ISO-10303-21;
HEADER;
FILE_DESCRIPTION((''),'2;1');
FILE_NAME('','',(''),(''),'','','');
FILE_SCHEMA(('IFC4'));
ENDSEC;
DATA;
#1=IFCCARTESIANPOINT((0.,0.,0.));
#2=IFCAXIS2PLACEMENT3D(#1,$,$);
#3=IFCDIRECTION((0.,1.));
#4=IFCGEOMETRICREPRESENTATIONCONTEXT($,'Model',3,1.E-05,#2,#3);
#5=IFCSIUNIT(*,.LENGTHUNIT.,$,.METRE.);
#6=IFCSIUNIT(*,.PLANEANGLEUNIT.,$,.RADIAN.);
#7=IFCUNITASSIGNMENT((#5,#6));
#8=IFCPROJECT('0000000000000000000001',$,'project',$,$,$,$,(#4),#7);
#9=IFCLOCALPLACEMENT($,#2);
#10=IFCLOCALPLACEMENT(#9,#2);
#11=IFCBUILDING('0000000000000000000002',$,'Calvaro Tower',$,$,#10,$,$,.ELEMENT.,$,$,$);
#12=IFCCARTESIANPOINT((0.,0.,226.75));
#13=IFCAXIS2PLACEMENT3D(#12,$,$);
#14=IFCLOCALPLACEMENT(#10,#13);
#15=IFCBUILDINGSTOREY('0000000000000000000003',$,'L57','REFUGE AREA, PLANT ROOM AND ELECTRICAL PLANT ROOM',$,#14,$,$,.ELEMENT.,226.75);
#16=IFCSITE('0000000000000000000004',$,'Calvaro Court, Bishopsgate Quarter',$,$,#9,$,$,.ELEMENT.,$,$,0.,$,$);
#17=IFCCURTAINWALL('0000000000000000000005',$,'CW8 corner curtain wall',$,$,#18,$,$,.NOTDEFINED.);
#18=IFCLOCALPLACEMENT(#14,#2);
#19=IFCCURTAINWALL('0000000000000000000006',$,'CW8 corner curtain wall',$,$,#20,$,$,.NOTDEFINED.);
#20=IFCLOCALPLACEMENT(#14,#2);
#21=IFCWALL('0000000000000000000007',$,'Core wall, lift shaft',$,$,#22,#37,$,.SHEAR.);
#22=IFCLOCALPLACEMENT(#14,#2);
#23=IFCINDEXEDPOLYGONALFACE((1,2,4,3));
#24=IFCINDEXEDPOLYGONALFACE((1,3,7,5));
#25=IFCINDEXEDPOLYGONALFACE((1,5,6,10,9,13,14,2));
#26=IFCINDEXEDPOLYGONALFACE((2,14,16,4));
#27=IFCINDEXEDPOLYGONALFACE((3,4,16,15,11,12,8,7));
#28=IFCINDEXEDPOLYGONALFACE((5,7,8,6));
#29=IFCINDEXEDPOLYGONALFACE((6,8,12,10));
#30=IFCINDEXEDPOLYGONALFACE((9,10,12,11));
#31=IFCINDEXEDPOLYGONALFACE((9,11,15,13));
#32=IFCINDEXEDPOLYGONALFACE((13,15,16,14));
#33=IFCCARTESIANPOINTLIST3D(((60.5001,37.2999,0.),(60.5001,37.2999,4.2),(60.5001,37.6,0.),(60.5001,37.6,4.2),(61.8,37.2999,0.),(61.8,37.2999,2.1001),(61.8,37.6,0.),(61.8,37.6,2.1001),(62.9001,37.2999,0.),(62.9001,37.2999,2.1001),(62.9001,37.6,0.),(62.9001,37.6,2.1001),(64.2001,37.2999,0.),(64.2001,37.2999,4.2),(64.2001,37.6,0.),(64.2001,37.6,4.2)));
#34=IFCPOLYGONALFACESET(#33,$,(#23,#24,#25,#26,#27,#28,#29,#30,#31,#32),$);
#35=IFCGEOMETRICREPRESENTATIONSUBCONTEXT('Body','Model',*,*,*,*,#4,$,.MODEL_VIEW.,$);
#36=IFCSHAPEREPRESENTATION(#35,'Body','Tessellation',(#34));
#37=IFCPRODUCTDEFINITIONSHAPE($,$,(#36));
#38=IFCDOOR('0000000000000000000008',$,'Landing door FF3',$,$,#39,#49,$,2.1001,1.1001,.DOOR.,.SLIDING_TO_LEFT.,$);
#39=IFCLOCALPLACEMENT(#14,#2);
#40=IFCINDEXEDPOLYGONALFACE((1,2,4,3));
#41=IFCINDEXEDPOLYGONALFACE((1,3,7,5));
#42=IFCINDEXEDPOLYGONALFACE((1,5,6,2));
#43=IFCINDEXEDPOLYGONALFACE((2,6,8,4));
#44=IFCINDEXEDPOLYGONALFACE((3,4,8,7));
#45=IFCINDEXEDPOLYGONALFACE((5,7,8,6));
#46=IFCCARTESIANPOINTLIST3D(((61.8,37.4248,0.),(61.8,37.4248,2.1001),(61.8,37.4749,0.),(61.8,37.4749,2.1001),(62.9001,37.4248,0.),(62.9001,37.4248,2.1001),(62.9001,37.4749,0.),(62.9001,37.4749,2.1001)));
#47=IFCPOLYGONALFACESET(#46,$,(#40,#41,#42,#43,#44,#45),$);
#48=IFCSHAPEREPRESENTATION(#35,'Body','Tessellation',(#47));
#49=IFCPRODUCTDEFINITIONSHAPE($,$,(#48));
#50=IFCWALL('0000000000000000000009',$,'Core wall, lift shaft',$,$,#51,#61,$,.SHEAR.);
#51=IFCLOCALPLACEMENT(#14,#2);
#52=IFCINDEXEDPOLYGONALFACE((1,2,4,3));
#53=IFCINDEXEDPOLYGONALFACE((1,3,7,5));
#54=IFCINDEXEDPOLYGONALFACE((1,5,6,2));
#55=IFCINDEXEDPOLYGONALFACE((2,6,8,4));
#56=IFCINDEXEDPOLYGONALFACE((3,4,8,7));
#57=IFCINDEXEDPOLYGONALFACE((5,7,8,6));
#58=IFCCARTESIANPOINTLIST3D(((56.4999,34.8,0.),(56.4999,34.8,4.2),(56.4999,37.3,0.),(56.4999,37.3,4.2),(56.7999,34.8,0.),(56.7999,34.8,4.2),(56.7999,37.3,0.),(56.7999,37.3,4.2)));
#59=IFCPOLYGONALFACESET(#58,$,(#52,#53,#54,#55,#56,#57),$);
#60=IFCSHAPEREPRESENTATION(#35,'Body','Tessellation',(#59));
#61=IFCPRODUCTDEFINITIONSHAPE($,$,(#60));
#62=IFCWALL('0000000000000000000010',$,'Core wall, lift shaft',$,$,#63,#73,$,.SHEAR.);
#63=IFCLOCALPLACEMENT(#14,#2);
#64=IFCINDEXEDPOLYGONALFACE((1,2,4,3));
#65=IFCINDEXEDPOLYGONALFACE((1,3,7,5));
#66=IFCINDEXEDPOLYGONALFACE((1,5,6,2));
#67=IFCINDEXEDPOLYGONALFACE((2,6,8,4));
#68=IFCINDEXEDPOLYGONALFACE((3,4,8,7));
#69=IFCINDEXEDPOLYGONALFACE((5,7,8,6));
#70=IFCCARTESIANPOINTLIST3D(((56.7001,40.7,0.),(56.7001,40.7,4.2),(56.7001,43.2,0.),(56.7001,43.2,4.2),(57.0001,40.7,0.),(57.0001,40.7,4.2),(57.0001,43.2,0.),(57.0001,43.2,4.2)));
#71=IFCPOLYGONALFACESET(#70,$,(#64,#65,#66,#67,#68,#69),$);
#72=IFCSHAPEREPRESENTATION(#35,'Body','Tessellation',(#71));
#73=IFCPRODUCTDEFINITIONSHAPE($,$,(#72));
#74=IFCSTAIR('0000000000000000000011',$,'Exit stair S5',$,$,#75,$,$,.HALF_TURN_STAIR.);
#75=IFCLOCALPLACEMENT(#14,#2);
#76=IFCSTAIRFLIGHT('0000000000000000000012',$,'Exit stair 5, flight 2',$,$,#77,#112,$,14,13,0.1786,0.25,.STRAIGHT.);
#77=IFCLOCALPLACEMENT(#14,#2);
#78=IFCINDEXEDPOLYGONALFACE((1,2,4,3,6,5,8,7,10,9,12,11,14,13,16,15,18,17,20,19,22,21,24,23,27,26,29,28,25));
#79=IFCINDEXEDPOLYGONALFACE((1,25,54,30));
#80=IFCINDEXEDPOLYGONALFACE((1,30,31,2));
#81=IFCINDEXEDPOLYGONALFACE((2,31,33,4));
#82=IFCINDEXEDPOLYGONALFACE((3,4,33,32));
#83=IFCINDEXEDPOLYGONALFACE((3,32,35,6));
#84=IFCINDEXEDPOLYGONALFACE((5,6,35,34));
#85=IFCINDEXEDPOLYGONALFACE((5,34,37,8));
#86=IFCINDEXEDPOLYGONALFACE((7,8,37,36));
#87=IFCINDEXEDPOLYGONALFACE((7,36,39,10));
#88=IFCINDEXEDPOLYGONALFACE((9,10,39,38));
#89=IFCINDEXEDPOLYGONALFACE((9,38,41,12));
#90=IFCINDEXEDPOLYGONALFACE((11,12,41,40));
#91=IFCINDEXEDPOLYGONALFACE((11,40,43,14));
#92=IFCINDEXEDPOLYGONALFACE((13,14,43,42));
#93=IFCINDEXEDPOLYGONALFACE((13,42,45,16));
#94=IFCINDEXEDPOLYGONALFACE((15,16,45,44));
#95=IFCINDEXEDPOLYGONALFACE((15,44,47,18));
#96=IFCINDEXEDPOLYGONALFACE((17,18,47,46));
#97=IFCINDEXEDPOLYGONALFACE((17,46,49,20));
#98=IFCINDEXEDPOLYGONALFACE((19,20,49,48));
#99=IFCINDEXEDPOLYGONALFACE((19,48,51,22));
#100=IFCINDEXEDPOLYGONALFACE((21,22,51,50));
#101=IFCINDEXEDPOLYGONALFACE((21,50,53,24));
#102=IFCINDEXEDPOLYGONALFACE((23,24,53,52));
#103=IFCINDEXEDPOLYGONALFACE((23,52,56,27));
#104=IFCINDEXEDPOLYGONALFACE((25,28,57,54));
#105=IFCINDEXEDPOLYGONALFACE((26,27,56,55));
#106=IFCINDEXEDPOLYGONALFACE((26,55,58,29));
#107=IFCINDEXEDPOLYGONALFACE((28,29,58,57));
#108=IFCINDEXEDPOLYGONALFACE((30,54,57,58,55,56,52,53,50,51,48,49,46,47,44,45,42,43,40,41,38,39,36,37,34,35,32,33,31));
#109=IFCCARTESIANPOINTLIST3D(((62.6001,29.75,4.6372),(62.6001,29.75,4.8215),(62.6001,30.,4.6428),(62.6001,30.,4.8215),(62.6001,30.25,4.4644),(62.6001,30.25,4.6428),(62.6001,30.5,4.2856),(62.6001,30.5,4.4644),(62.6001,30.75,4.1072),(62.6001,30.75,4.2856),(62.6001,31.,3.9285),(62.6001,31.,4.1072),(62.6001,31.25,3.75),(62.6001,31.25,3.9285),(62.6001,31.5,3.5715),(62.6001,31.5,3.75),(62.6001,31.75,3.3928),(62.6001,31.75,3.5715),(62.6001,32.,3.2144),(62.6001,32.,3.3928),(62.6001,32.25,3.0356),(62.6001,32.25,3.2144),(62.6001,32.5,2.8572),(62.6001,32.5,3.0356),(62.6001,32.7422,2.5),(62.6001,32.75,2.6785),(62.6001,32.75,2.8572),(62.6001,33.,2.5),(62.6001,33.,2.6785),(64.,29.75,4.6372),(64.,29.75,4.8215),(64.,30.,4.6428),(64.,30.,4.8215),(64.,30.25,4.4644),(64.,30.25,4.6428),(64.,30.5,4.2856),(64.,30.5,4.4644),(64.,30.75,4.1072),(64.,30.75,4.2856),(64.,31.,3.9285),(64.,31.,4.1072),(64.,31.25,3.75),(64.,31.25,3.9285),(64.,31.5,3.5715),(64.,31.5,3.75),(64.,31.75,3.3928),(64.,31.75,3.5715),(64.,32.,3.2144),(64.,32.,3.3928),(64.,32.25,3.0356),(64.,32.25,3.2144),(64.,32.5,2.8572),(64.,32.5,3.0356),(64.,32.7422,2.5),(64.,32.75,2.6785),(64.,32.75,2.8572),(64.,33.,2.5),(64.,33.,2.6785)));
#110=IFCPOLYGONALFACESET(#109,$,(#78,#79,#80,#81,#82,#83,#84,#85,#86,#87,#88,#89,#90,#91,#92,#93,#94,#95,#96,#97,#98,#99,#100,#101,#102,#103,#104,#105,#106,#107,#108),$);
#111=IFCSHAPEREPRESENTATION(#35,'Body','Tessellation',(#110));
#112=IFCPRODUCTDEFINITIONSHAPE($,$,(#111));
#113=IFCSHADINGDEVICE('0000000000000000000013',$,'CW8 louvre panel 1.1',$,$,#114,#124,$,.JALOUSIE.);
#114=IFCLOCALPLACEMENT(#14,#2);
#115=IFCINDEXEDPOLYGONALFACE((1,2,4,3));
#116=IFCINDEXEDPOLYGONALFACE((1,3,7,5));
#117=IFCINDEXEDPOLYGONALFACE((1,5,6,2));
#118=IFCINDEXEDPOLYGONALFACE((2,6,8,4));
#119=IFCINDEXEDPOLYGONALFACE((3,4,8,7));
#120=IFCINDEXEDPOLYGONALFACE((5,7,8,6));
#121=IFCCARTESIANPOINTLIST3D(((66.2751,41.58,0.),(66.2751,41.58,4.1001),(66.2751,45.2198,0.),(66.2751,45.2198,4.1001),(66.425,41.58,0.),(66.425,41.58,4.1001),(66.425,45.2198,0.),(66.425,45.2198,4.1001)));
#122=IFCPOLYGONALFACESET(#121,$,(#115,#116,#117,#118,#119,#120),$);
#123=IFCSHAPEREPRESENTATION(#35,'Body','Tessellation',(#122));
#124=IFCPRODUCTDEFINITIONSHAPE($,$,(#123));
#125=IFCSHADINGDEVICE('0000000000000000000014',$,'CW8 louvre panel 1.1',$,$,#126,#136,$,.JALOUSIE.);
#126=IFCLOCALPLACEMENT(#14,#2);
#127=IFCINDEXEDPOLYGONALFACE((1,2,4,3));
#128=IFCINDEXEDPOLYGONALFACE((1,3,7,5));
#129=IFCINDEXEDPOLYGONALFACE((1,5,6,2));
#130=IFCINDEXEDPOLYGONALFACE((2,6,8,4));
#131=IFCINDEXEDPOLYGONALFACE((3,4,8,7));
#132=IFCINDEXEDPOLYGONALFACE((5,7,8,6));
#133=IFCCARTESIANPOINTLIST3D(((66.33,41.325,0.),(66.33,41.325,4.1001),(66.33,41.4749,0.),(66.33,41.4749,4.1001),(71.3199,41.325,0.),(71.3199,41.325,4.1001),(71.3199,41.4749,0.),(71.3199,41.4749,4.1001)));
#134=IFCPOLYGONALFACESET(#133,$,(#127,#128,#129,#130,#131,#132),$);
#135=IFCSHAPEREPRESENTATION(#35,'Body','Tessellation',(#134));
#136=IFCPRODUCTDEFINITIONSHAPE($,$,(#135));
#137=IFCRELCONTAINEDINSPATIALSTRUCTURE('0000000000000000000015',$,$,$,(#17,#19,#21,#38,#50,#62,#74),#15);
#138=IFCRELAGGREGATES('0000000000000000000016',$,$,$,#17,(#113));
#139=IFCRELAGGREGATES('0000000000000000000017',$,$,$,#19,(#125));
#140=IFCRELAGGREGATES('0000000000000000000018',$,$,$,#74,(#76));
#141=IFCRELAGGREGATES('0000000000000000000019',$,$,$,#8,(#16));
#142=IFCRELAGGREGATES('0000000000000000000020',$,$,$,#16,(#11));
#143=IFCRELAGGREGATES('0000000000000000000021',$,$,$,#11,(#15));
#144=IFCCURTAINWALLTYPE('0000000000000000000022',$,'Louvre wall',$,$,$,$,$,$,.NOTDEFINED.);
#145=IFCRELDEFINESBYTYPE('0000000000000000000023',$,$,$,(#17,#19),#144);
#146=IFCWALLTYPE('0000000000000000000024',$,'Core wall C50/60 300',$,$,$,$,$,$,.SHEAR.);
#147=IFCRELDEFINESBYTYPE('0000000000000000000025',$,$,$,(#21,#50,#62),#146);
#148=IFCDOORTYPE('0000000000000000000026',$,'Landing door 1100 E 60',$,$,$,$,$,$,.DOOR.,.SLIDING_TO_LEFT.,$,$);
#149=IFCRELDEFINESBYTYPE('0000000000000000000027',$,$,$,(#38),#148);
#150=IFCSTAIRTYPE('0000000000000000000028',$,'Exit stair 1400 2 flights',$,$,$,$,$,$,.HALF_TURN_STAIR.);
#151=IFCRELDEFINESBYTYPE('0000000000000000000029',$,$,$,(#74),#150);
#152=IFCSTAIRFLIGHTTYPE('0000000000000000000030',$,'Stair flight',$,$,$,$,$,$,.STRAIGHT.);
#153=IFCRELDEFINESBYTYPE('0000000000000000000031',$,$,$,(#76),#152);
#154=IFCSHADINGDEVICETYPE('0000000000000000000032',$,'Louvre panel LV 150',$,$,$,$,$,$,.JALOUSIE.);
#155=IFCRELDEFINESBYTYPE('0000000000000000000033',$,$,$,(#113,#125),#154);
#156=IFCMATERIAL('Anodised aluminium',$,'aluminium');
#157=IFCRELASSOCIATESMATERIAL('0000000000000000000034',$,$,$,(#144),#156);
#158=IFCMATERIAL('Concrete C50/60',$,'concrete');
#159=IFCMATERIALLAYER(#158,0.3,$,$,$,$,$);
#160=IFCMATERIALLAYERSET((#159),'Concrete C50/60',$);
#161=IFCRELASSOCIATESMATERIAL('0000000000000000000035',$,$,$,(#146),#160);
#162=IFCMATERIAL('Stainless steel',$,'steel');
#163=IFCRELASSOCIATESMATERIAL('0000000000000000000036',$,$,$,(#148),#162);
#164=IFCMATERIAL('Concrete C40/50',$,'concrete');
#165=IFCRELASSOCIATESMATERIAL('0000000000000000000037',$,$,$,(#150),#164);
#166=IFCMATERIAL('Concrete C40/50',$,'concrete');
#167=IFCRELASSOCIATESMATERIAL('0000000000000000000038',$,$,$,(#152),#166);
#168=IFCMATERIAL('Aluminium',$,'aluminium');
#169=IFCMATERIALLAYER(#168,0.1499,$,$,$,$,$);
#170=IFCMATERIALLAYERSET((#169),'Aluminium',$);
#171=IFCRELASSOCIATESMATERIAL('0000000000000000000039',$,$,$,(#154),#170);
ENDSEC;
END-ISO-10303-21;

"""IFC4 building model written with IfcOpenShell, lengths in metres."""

from ifc_helpers import new_model, si_unit, direction, frame, frame_2d, origin, origin_2d, place, context, subcontext, project, spatial, polyline, rectangle, outline, extrude, material, layer, layer_set, type_object, element, fill, aggregate, save


model = new_model("IFC4")

# Units and contexts
model_context = context("Model", 3, precision=1e-05, world=origin(), true_north=direction((0.0, 1.0)))
body_context = subcontext(model_context, "Body", "Model", "MODEL_VIEW")
ifc_project = project(units=[si_unit("LENGTHUNIT", "METRE"), si_unit("PLANEANGLEUNIT", "RADIAN")], contexts=[model_context])

# Site, building, storey
site_placement = place(None, origin())
site = spatial("IfcSite", under=ifc_project, at=site_placement, Name="Calvaro Court, Bishopsgate Quarter", CompositionType="ELEMENT", RefElevation=0.0)
building_placement = place(site_placement, origin())
building = spatial("IfcBuilding", under=site, at=building_placement, Name="Calvaro Tower", CompositionType="ELEMENT")
storey_placement = place(building_placement, frame((0.0, 0.0, 226.75)))
storey = spatial("IfcBuildingStorey", under=building, at=storey_placement, Name="L57", Description="REFUGE AREA, PLANT ROOM AND ELECTRICAL PLANT ROOM", CompositionType="ELEMENT", Elevation=226.75)

# Curtain walls
ifc_material_1 = material(Name="Anodised aluminium", Category="aluminium")
curtain_wall_type = type_object("IfcCurtainWallType", Name="Louvre wall", PredefinedType="NOTDEFINED", material=ifc_material_1)
curtain_wall_1_placement = place(storey_placement, origin())
curtain_wall_1 = element("IfcCurtainWall", 1, at=curtain_wall_1_placement, inside=storey, type_object=curtain_wall_type, Name="CW8 corner curtain wall", PredefinedType="NOTDEFINED")
curtain_wall_2_placement = place(storey_placement, origin())
curtain_wall_2 = element("IfcCurtainWall", 2, at=curtain_wall_2_placement, inside=storey, type_object=curtain_wall_type, Name="CW8 corner curtain wall", PredefinedType="NOTDEFINED")

# Shared definitions
ifc_material_2 = material(Name="Concrete C50/60", Category="concrete")
ifc_layer_1 = layer(ifc_material_2, 0.3)
ifc_layer_set_1 = layer_set([ifc_layer_1], Name="Concrete C50/60")
wall_type_1 = type_object("IfcWallType", Name="Core wall C50/60 300", PredefinedType="SHEAR", material=ifc_layer_set_1)

# Wall, opening, door
wall_1_placement = place(storey_placement, frame((60.5, 37.45, 0.0), z_axis=(0.0, 0.0, 1.0), x_axis=(1.0, 0.0, 0.0)))
wall_1 = element("IfcWall", 3, at=wall_1_placement, inside=storey, type_object=wall_type_1, Name="Core wall, lift shaft", PredefinedType="SHEAR", context=body_context, shape_type="SweptSolid", body=[
    extrude(rectangle(XDim=3.7, YDim=0.3, at=frame_2d((1.8501, 0.0))), origin(), (0.0, 0.0, 1.0), 4.2),
])
opening_1_placement = place(wall_1_placement, frame((1.3, 0.0, 0.0)))
opening_1 = element("IfcOpeningElement", 4, at=opening_1_placement, cuts=wall_1, PredefinedType="OPENING", context=body_context, shape_type="SweptSolid", body=[
    extrude(rectangle(XDim=1.1001, YDim=2.1001, at=frame_2d((0.55, 1.05))), frame((0.0, 0.1599, 0.0), z_axis=(0.0, -1.0, 0.0), x_axis=(1.0, 0.0, 0.0)), (0.0, 0.0, 1.0), 0.3201),
])
ifc_material_3 = material(Name="Stainless steel", Category="steel")
door_type_1 = type_object("IfcDoorType", Name="Landing door 1100 E 60", OperationType="SLIDING_TO_LEFT", PredefinedType="DOOR", material=ifc_material_3)
door_1_placement = place(opening_1_placement, origin())
door_1 = element("IfcDoor", 5, at=door_1_placement, inside=storey, type_object=door_type_1, Name="Landing door FF3", OperationType="SLIDING_TO_LEFT", OverallHeight=2.1001, OverallWidth=1.1001, PredefinedType="DOOR", context=body_context, shape_type="SweptSolid", body=[
    extrude(rectangle(XDim=1.1001, YDim=2.1001, at=frame_2d((0.55, 1.05))), frame((0.0, 0.0249, 0.0), z_axis=(0.0, -1.0, 0.0), x_axis=(1.0, 0.0, 0.0)), (0.0, 0.0, 1.0), 0.05),
])
fill(opening_1, door_1)

# Walls
for number, where, z_axis, x_axis, name in (
    (6, (56.6499, 34.8, 0.0), (0.0, 0.0, 1.0), (0.0, 1.0, 0.0), "Core wall, lift shaft"),
    (7, (56.8501, 40.7, 0.0), (0.0, 0.0, 1.0), (0.0, 1.0, 0.0), "Core wall, lift shaft"),
):
    element("IfcWall", number, at=place(storey_placement, frame(where, z_axis=z_axis, x_axis=x_axis)), inside=storey, type_object=wall_type_1, Name=name, PredefinedType="SHEAR", context=body_context, shape_type="SweptSolid", body=[
        extrude(rectangle(XDim=2.5, YDim=0.3, at=frame_2d((1.25, 0.0))), origin(), (0.0, 0.0, 1.0), 4.2),
    ])

# Stair, stair flight
ifc_material_4 = material(Name="Concrete C40/50", Category="concrete")
stair_type = type_object("IfcStairType", Name="Exit stair 1400 2 flights", PredefinedType="HALF_TURN_STAIR", material=ifc_material_4)
stair_placement = place(storey_placement, origin())
stair = element("IfcStair", 8, at=stair_placement, inside=storey, type_object=stair_type, Name="Exit stair S5", PredefinedType="HALF_TURN_STAIR")
ifc_material_5 = material(Name="Concrete C40/50", Category="concrete")
stair_flight_type = type_object("IfcStairFlightType", Name="Stair flight", PredefinedType="STRAIGHT", material=ifc_material_5)
stair_flight_placement = place(storey_placement, frame((63.3, 33.0, 2.5), z_axis=(0.0, 0.0, 1.0), x_axis=(0.0, -1.0, 0.0)))
stair_flight = element("IfcStairFlight", 9, at=stair_flight_placement, type_object=stair_flight_type, Name="Exit stair 5, flight 2", NumberOfRisers=14, NumberOfTreads=13, PredefinedType="STRAIGHT", RiserHeight=0.1786, TreadLength=0.25, context=body_context, shape_type="SweptSolid", body=[
    extrude(outline(polyline([(0.0, 0.0), (0.0, 0.1785), (0.25, 0.1785), (0.25, 0.3572), (0.5, 0.3572), (0.5, 0.5356), (0.75, 0.5356), (0.75, 0.7144), (1.0, 0.7144), (1.0, 0.8928), (1.25, 0.8928), (1.25, 1.0715), (1.5, 1.0715), (1.5, 1.25), (1.75, 1.25), (1.75, 1.4285), (2.0, 1.4285), (2.0, 1.6072), (2.25, 1.6072), (2.25, 1.7856), (2.5, 1.7856), (2.5, 1.9644), (2.75, 1.9644), (2.75, 2.1428), (3.0, 2.1428), (3.0, 2.3215), (3.25, 2.3215), (3.25, 2.5), (3.25, 2.1372), (0.2578, 0.0), (0.0, 0.0)])), frame((0.0, 0.7, 0.0), z_axis=(0.0, -1.0, 0.0), x_axis=(1.0, 0.0, 0.0)), (0.0, 0.0, 1.0), 1.3999),
])

# Shading devices
ifc_material_6 = material(Name="Aluminium", Category="aluminium")
ifc_layer_2 = layer(ifc_material_6, 0.1499)
ifc_layer_set_2 = layer_set([ifc_layer_2], Name="Aluminium")
shading_device_type = type_object("IfcShadingDeviceType", Name="Louvre panel LV 150", PredefinedType="JALOUSIE", material=ifc_layer_set_2)
shading_device_1_placement = place(storey_placement, frame((66.3501, 43.3999, 0.0), z_axis=(0.0, 0.0, 1.0), x_axis=(0.0, 1.0, 0.0)))
shading_device_1 = element("IfcShadingDevice", 10, at=shading_device_1_placement, type_object=shading_device_type, Name="CW8 louvre panel 1.1", PredefinedType="JALOUSIE", context=body_context, shape_type="SweptSolid", body=[
    extrude(rectangle(XDim=3.6399, YDim=0.1499, at=origin_2d()), origin(), (0.0, 0.0, 1.0), 4.1001),
])
aggregate(curtain_wall_1, [shading_device_1])
shading_device_2_placement = place(storey_placement, frame((68.825, 41.3999, 0.0), z_axis=(0.0, 0.0, 1.0), x_axis=(1.0, 0.0, 0.0)))
shading_device_2 = element("IfcShadingDevice", 11, at=shading_device_2_placement, type_object=shading_device_type, Name="CW8 louvre panel 1.1", PredefinedType="JALOUSIE", context=body_context, shape_type="SweptSolid", body=[
    extrude(rectangle(XDim=4.99, YDim=0.1499, at=origin_2d()), origin(), (0.0, 0.0, 1.0), 4.1001),
])
aggregate(curtain_wall_2, [shading_device_2])

aggregate(stair, [stair_flight])

save(model, "model.ifc")
